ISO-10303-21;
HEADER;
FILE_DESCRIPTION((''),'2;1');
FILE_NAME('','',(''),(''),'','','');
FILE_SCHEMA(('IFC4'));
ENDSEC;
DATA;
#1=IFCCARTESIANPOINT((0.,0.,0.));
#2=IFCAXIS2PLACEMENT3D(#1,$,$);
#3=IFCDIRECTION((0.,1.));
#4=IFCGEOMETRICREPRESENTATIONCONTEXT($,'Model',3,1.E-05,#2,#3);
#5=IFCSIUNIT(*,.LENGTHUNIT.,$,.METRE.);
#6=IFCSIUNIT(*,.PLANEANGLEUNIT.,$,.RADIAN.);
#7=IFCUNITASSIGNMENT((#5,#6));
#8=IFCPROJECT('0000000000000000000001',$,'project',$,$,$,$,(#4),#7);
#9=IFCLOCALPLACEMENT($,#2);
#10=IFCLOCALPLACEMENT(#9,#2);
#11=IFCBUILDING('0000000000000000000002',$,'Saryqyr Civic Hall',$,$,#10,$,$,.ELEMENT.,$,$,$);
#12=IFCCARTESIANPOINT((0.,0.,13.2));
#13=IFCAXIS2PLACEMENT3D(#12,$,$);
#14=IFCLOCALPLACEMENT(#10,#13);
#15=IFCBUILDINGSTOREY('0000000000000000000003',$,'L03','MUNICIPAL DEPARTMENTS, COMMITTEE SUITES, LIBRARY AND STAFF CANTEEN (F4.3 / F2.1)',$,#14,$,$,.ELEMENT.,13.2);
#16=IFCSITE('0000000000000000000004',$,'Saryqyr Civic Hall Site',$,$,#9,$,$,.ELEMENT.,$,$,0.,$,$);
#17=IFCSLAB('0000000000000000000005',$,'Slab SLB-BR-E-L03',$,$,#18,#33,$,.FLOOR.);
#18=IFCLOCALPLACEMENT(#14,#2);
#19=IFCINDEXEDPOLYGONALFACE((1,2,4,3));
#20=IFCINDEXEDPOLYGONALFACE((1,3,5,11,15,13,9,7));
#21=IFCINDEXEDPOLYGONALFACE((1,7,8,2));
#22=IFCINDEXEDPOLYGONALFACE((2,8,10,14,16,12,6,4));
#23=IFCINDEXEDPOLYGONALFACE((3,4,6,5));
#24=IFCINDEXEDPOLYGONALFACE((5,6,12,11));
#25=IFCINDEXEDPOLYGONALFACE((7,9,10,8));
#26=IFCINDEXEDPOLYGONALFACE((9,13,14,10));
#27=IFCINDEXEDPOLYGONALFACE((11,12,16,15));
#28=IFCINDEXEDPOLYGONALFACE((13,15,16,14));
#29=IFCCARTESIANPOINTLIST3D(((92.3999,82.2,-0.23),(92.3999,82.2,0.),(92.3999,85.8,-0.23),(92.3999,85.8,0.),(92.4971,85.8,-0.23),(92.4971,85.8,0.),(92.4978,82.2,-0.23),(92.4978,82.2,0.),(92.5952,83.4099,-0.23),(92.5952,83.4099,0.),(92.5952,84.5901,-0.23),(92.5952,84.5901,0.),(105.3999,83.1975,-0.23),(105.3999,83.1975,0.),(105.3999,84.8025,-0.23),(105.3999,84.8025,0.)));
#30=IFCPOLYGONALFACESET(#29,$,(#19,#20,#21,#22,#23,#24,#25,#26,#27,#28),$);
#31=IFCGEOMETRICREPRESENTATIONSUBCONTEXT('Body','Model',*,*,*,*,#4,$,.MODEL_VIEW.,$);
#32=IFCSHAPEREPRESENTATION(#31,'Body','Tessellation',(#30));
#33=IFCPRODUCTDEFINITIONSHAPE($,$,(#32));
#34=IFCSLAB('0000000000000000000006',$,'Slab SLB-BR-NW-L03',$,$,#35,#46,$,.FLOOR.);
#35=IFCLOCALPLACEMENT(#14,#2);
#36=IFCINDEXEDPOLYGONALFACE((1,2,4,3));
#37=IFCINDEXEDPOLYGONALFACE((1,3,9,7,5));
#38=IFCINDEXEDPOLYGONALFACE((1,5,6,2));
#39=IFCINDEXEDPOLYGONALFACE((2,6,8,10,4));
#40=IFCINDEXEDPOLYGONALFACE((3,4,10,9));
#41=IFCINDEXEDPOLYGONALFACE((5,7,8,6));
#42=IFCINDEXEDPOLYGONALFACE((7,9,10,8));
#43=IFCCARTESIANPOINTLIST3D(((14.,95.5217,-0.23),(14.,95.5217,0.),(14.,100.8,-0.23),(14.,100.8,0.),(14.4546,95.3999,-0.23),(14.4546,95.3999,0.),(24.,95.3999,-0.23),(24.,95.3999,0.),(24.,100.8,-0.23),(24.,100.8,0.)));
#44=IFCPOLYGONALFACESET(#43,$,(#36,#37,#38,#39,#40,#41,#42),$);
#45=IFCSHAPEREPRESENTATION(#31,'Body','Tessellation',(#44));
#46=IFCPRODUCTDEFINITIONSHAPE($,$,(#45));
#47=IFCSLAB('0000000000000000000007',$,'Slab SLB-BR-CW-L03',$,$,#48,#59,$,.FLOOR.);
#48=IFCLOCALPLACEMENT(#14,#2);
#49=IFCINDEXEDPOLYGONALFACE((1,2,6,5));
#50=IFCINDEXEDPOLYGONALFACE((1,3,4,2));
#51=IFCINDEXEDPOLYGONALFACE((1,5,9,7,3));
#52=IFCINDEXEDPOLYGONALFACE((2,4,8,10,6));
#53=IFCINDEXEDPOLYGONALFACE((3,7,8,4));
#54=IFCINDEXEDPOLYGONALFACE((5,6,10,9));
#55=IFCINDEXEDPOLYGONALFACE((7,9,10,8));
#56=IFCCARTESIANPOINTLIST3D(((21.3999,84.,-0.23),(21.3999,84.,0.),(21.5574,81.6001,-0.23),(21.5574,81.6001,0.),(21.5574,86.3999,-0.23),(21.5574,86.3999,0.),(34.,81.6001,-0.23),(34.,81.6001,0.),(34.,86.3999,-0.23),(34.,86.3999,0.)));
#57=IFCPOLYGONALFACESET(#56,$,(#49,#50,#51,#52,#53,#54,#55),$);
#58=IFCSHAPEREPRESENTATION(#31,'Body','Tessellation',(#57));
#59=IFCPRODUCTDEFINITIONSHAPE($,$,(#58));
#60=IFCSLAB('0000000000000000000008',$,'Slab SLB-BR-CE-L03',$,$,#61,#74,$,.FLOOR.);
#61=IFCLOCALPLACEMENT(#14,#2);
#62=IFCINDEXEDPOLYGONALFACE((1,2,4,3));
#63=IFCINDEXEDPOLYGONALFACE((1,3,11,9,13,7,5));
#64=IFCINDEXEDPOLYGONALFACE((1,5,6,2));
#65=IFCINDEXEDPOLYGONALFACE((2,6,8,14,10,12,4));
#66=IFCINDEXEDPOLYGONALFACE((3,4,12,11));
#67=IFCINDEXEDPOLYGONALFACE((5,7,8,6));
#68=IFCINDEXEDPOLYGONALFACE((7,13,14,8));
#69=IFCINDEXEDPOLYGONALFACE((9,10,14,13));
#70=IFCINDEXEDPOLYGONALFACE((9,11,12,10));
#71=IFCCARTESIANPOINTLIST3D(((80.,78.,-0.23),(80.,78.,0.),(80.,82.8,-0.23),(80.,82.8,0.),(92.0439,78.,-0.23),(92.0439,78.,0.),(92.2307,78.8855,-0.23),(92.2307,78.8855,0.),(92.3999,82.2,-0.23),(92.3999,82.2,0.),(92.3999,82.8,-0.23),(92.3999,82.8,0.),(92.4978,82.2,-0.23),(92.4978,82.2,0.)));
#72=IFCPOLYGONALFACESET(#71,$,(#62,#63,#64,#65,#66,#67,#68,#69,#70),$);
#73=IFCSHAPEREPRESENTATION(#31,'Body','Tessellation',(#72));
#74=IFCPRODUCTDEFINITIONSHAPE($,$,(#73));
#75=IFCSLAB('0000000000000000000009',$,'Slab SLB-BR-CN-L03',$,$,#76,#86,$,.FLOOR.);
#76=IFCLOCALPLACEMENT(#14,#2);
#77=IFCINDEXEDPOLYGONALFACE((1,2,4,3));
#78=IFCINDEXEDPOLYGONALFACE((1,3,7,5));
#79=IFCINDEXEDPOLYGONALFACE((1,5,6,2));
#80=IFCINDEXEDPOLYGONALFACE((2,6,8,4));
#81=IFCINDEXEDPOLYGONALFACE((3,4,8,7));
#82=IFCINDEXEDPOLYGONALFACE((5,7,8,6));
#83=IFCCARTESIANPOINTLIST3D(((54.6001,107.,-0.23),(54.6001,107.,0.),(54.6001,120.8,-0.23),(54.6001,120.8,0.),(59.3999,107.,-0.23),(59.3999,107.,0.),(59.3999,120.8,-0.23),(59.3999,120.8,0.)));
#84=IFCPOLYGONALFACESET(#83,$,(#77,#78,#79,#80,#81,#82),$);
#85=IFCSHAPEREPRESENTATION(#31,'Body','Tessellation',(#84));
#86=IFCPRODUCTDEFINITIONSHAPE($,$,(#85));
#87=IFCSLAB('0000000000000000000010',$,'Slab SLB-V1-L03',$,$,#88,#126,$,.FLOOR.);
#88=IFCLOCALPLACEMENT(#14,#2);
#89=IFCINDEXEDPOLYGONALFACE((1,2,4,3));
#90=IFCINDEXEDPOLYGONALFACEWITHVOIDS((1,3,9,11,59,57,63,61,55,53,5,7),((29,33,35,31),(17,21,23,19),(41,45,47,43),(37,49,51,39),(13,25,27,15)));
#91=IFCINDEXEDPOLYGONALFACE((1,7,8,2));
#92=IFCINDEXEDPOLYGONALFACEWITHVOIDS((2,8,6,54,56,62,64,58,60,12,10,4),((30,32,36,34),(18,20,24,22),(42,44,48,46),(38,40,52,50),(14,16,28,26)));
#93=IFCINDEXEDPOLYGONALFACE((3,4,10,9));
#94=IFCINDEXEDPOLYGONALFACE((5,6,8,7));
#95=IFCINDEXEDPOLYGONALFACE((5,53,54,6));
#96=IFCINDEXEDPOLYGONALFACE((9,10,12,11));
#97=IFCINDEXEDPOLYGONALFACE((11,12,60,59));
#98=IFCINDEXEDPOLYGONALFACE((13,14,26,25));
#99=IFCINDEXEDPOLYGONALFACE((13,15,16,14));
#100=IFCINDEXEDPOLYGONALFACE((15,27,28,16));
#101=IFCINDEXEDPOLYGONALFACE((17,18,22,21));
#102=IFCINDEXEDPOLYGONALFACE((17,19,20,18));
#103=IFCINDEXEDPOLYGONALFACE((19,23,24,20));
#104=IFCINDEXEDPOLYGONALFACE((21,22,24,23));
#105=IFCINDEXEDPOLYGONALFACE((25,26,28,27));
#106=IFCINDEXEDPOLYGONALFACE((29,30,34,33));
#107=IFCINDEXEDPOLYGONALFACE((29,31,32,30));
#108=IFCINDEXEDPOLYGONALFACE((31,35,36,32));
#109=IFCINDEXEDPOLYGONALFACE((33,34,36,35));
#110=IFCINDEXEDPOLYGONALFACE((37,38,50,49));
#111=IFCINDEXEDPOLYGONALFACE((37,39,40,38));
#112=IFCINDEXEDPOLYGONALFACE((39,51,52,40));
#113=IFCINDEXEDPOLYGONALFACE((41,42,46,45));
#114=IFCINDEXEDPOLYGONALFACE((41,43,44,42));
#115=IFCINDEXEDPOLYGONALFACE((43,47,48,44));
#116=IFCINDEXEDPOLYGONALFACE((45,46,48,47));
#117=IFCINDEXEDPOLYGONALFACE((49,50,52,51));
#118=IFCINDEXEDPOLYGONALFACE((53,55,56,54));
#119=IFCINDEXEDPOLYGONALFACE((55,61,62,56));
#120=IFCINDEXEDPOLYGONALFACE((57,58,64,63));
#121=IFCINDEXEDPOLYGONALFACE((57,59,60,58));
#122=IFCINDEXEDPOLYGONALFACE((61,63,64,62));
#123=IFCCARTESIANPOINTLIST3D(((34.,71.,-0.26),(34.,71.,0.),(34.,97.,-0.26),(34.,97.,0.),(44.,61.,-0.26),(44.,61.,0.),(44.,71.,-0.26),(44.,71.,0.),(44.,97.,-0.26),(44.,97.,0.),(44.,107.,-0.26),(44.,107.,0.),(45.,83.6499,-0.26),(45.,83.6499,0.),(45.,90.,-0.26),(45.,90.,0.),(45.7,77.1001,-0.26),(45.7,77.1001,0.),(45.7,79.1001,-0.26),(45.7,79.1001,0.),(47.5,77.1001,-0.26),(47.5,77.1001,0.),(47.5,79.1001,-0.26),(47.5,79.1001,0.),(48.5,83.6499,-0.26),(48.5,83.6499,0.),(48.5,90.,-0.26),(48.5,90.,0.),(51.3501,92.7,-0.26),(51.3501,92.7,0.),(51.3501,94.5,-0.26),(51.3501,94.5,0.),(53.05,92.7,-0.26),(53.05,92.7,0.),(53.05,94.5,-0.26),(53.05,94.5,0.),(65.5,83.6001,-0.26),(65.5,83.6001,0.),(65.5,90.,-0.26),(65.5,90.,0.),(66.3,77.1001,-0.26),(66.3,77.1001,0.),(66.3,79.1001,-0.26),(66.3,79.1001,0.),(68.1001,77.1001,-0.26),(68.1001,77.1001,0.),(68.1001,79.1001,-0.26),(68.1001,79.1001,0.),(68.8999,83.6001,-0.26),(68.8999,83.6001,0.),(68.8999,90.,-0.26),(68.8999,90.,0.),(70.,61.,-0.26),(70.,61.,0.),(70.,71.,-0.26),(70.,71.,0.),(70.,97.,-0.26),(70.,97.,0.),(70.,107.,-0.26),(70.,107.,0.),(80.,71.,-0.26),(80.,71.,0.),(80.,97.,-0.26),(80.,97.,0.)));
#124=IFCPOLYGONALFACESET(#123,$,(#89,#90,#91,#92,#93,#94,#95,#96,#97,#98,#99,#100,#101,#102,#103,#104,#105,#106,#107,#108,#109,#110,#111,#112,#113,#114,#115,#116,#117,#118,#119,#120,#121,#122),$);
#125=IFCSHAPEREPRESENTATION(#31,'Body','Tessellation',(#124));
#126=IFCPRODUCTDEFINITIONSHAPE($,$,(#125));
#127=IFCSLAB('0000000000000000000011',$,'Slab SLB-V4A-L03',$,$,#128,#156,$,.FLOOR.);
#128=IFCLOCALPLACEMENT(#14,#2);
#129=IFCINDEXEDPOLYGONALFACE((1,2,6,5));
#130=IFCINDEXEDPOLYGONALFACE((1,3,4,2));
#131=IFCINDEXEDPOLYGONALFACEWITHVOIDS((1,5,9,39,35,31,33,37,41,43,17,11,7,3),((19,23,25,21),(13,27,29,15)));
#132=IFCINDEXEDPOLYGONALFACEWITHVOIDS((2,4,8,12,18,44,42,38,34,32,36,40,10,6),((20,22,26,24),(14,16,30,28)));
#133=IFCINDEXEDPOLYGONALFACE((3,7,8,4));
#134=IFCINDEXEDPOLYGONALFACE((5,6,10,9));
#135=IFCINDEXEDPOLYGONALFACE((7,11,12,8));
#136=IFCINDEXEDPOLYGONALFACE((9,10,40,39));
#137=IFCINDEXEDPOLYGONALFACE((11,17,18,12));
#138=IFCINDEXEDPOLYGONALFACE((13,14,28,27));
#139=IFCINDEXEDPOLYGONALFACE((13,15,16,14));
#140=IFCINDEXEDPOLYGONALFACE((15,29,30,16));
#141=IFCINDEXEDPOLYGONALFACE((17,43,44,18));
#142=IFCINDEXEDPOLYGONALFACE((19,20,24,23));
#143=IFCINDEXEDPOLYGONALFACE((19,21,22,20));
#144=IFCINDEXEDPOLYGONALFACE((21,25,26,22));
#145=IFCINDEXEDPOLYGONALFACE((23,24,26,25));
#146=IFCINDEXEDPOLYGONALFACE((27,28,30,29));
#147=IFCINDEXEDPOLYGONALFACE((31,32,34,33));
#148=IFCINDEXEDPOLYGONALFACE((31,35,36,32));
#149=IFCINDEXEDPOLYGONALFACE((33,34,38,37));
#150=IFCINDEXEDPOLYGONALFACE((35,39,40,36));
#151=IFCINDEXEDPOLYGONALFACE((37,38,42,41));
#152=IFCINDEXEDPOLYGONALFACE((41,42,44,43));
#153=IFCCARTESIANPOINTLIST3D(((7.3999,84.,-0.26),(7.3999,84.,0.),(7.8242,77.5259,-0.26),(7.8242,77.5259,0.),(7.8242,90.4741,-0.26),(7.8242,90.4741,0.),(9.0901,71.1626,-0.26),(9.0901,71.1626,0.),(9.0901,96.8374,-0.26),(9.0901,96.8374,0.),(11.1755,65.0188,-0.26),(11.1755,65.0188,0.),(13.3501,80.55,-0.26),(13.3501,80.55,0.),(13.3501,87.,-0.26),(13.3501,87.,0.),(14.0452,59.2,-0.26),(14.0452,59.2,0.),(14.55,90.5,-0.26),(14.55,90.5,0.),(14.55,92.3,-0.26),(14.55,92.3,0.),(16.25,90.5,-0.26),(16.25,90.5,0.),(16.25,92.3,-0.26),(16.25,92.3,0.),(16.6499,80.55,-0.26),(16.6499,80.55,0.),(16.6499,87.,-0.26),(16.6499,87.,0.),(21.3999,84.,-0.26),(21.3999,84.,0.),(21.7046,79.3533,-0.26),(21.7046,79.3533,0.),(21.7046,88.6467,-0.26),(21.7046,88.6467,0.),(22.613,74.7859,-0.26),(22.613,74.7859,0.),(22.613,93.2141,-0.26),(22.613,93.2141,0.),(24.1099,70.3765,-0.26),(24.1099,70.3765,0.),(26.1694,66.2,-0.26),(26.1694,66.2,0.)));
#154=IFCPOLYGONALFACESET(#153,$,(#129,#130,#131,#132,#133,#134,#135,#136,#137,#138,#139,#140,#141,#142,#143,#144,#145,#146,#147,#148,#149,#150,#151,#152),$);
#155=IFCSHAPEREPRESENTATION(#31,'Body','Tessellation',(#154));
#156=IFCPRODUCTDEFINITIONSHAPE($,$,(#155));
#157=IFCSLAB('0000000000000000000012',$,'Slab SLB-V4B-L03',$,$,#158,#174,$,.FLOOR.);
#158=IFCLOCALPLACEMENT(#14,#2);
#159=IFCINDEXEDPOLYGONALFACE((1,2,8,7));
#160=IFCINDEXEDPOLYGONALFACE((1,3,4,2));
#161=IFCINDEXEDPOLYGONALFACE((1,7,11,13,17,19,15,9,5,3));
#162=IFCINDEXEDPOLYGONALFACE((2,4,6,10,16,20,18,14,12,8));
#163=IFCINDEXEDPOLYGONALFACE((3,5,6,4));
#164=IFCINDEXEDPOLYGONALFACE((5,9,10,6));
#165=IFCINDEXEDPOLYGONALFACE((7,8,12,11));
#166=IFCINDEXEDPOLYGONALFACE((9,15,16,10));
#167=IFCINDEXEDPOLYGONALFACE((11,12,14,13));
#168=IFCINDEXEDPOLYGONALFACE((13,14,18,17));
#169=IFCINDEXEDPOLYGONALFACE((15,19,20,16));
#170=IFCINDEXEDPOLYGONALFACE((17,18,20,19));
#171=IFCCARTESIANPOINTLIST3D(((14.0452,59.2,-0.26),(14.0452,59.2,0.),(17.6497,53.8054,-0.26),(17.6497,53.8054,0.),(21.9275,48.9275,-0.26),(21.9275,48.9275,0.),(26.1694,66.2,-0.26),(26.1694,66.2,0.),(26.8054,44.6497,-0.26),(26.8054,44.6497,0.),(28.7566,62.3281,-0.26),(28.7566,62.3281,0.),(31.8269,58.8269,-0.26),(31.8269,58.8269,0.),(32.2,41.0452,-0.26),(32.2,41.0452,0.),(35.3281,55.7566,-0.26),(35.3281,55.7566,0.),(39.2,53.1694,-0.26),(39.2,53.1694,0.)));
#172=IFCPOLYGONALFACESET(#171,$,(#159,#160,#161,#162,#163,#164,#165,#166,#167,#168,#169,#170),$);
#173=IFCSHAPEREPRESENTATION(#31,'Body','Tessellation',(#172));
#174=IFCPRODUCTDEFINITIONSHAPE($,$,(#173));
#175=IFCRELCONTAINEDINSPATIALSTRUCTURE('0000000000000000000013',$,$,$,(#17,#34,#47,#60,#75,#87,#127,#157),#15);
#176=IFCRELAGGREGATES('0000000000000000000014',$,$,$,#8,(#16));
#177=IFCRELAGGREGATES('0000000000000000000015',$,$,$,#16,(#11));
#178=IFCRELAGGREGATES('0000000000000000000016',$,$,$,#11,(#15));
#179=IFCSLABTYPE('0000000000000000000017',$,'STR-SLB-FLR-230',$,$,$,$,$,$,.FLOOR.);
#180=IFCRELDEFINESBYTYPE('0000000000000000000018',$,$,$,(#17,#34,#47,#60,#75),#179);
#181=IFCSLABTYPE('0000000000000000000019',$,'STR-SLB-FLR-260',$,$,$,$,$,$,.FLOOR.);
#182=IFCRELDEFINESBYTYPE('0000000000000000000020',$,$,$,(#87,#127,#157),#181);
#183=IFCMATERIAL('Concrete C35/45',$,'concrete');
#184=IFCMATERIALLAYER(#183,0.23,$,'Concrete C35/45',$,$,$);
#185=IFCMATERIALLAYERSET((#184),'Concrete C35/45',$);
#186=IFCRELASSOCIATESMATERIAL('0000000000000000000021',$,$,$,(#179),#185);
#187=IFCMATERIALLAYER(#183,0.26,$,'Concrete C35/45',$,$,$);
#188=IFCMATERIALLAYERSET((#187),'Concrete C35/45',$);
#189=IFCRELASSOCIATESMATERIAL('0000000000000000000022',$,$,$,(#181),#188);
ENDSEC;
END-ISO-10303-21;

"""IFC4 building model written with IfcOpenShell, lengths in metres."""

from ifc_helpers import new_model, si_unit, direction, frame, origin, place, context, subcontext, project, spatial, polyline, outline, extrude, material, layer, layer_set, type_object, element, save


model = new_model("IFC4")

# Units and contexts
model_context = context("Model", 3, precision=1e-05, world=origin(), true_north=direction((0.0, 1.0)))
body_context = subcontext(model_context, "Body", "Model", "MODEL_VIEW")
ifc_project = project(units=[si_unit("LENGTHUNIT", "METRE"), si_unit("PLANEANGLEUNIT", "RADIAN")], contexts=[model_context])

# Site, building, storey
site_placement = place(None, origin())
site = spatial("IfcSite", under=ifc_project, at=site_placement, Name="Saryqyr Civic Hall Site", CompositionType="ELEMENT", RefElevation=0.0)
building_placement = place(site_placement, origin())
building = spatial("IfcBuilding", under=site, at=building_placement, Name="Saryqyr Civic Hall", CompositionType="ELEMENT")
storey_placement = place(building_placement, frame((0.0, 0.0, 13.2)))
storey = spatial("IfcBuildingStorey", under=building, at=storey_placement, Name="L03", Description="MUNICIPAL DEPARTMENTS, COMMITTEE SUITES, LIBRARY AND STAFF CANTEEN (F4.3 / F2.1)", CompositionType="ELEMENT", Elevation=13.2)

# Slabs
ifc_material_1 = material(Name="Concrete C35/45", Category="concrete")
ifc_layer_1 = layer(ifc_material_1, 0.23, Name="Concrete C35/45")
ifc_layer_set_1 = layer_set([ifc_layer_1], Name="Concrete C35/45")
slab_type_1 = type_object("IfcSlabType", Name="STR-SLB-FLR-230", PredefinedType="FLOOR", material=ifc_layer_set_1)
slab_1_placement = place(storey_placement, frame((0.0, 0.0, -0.23)))
element("IfcSlab", 1, at=slab_1_placement, inside=storey, type_object=slab_type_1, Name="Slab SLB-BR-E-L03", PredefinedType="FLOOR", context=body_context, shape_type="SweptSolid", body=[
    extrude(outline(polyline([(105.3999, 83.1975), (92.5952, 83.4099), (92.4978, 82.2), (92.3999, 82.2), (92.3999, 85.8), (92.4971, 85.8), (92.5952, 84.5901), (105.3999, 84.8025), (105.3999, 83.1975)])), origin(), (0.0, 0.0, 1.0), 0.23),
])
slab_2_placement = place(storey_placement, frame((0.0, 0.0, -0.23)))
element("IfcSlab", 2, at=slab_2_placement, inside=storey, type_object=slab_type_1, Name="Slab SLB-BR-NW-L03", PredefinedType="FLOOR", context=body_context, shape_type="SweptSolid", body=[
    extrude(outline(polyline([(24.0, 95.3999), (14.4546, 95.3999), (14.0, 95.5217), (14.0, 100.8), (24.0, 100.8), (24.0, 95.3999)])), origin(), (0.0, 0.0, 1.0), 0.23),
])
slab_3_placement = place(storey_placement, frame((0.0, 0.0, -0.23)))
element("IfcSlab", 3, at=slab_3_placement, inside=storey, type_object=slab_type_1, Name="Slab SLB-BR-CW-L03", PredefinedType="FLOOR", context=body_context, shape_type="SweptSolid", body=[
    extrude(outline(polyline([(34.0, 86.3999), (34.0, 81.6001), (21.5574, 81.6001), (21.3999, 84.0), (21.5574, 86.3999), (34.0, 86.3999)])), origin(), (0.0, 0.0, 1.0), 0.23),
])
slab_4_placement = place(storey_placement, frame((0.0, 0.0, -0.23)))
element("IfcSlab", 4, at=slab_4_placement, inside=storey, type_object=slab_type_1, Name="Slab SLB-BR-CE-L03", PredefinedType="FLOOR", context=body_context, shape_type="SweptSolid", body=[
    extrude(outline(polyline([(92.3999, 82.8), (92.3999, 82.2), (92.4978, 82.2), (92.2307, 78.8855), (92.0439, 78.0), (80.0, 78.0), (80.0, 82.8), (92.3999, 82.8)])), origin(), (0.0, 0.0, 1.0), 0.23),
])
slab_5_placement = place(storey_placement, frame((0.0, 0.0, -0.23)))
element("IfcSlab", 5, at=slab_5_placement, inside=storey, type_object=slab_type_1, Name="Slab SLB-BR-CN-L03", PredefinedType="FLOOR", context=body_context, shape_type="SweptSolid", body=[
    extrude(outline(polyline([(54.6001, 120.8), (59.3999, 120.8), (59.3999, 107.0), (54.6001, 107.0), (54.6001, 120.8)])), origin(), (0.0, 0.0, 1.0), 0.23),
])
ifc_layer_2 = layer(ifc_material_1, 0.26, Name="Concrete C35/45")
ifc_layer_set_2 = layer_set([ifc_layer_2], Name="Concrete C35/45")
slab_type_2 = type_object("IfcSlabType", Name="STR-SLB-FLR-260", PredefinedType="FLOOR", material=ifc_layer_set_2)
slab_6_placement = place(storey_placement, frame((0.0, 0.0, -0.26)))
element("IfcSlab", 6, at=slab_6_placement, inside=storey, type_object=slab_type_2, Name="Slab SLB-V1-L03", PredefinedType="FLOOR", context=body_context, shape_type="SweptSolid", body=[
    extrude(outline(polyline([(44.0, 71.0), (34.0, 71.0), (34.0, 97.0), (44.0, 97.0), (44.0, 107.0), (70.0, 107.0), (70.0, 97.0), (80.0, 97.0), (80.0, 71.0), (70.0, 71.0), (70.0, 61.0), (44.0, 61.0), (44.0, 71.0)]), holes=[polyline([(47.5, 79.1001), (45.7, 79.1001), (45.7, 77.1001), (47.5, 77.1001), (47.5, 79.1001)]), polyline([(48.5, 90.0), (45.0, 90.0), (45.0, 83.6499), (48.5, 83.6499), (48.5, 90.0)]), polyline([(53.05, 92.7), (53.05, 94.5), (51.3501, 94.5), (51.3501, 92.7), (53.05, 92.7)]), polyline([(68.1001, 77.1001), (68.1001, 79.1001), (66.3, 79.1001), (66.3, 77.1001), (68.1001, 77.1001)]), polyline([(68.8999, 90.0), (65.5, 90.0), (65.5, 83.6001), (68.8999, 83.6001), (68.8999, 90.0)])]), origin(), (0.0, 0.0, 1.0), 0.26),
])
slab_7_placement = place(storey_placement, frame((0.0, 0.0, -0.26)))
element("IfcSlab", 7, at=slab_7_placement, inside=storey, type_object=slab_type_2, Name="Slab SLB-V4A-L03", PredefinedType="FLOOR", context=body_context, shape_type="SweptSolid", body=[
    extrude(outline(polyline([(21.7046, 88.6467), (21.3999, 84.0), (21.7046, 79.3533), (22.613, 74.7859), (24.1099, 70.3765), (26.1694, 66.2), (14.0452, 59.2), (11.1755, 65.0188), (9.0901, 71.1626), (7.8242, 77.5259), (7.3999, 84.0), (7.8242, 90.4741), (9.0901, 96.8374), (22.613, 93.2141), (21.7046, 88.6467)]), holes=[polyline([(16.6499, 87.0), (13.3501, 87.0), (13.3501, 80.55), (16.6499, 80.55), (16.6499, 87.0)]), polyline([(16.25, 92.3), (14.55, 92.3), (14.55, 90.5), (16.25, 90.5), (16.25, 92.3)])]), origin(), (0.0, 0.0, 1.0), 0.26),
])
slab_8_placement = place(storey_placement, frame((0.0, 0.0, -0.26)))
element("IfcSlab", 8, at=slab_8_placement, inside=storey, type_object=slab_type_2, Name="Slab SLB-V4B-L03", PredefinedType="FLOOR", context=body_context, shape_type="SweptSolid", body=[
    extrude(outline(polyline([(28.7566, 62.3281), (31.8269, 58.8269), (35.3281, 55.7566), (39.2, 53.1694), (32.2, 41.0452), (26.8054, 44.6497), (21.9275, 48.9275), (17.6497, 53.8054), (14.0452, 59.2), (26.1694, 66.2), (28.7566, 62.3281)])), origin(), (0.0, 0.0, 1.0), 0.26),
])

save(model, "model.ifc")
